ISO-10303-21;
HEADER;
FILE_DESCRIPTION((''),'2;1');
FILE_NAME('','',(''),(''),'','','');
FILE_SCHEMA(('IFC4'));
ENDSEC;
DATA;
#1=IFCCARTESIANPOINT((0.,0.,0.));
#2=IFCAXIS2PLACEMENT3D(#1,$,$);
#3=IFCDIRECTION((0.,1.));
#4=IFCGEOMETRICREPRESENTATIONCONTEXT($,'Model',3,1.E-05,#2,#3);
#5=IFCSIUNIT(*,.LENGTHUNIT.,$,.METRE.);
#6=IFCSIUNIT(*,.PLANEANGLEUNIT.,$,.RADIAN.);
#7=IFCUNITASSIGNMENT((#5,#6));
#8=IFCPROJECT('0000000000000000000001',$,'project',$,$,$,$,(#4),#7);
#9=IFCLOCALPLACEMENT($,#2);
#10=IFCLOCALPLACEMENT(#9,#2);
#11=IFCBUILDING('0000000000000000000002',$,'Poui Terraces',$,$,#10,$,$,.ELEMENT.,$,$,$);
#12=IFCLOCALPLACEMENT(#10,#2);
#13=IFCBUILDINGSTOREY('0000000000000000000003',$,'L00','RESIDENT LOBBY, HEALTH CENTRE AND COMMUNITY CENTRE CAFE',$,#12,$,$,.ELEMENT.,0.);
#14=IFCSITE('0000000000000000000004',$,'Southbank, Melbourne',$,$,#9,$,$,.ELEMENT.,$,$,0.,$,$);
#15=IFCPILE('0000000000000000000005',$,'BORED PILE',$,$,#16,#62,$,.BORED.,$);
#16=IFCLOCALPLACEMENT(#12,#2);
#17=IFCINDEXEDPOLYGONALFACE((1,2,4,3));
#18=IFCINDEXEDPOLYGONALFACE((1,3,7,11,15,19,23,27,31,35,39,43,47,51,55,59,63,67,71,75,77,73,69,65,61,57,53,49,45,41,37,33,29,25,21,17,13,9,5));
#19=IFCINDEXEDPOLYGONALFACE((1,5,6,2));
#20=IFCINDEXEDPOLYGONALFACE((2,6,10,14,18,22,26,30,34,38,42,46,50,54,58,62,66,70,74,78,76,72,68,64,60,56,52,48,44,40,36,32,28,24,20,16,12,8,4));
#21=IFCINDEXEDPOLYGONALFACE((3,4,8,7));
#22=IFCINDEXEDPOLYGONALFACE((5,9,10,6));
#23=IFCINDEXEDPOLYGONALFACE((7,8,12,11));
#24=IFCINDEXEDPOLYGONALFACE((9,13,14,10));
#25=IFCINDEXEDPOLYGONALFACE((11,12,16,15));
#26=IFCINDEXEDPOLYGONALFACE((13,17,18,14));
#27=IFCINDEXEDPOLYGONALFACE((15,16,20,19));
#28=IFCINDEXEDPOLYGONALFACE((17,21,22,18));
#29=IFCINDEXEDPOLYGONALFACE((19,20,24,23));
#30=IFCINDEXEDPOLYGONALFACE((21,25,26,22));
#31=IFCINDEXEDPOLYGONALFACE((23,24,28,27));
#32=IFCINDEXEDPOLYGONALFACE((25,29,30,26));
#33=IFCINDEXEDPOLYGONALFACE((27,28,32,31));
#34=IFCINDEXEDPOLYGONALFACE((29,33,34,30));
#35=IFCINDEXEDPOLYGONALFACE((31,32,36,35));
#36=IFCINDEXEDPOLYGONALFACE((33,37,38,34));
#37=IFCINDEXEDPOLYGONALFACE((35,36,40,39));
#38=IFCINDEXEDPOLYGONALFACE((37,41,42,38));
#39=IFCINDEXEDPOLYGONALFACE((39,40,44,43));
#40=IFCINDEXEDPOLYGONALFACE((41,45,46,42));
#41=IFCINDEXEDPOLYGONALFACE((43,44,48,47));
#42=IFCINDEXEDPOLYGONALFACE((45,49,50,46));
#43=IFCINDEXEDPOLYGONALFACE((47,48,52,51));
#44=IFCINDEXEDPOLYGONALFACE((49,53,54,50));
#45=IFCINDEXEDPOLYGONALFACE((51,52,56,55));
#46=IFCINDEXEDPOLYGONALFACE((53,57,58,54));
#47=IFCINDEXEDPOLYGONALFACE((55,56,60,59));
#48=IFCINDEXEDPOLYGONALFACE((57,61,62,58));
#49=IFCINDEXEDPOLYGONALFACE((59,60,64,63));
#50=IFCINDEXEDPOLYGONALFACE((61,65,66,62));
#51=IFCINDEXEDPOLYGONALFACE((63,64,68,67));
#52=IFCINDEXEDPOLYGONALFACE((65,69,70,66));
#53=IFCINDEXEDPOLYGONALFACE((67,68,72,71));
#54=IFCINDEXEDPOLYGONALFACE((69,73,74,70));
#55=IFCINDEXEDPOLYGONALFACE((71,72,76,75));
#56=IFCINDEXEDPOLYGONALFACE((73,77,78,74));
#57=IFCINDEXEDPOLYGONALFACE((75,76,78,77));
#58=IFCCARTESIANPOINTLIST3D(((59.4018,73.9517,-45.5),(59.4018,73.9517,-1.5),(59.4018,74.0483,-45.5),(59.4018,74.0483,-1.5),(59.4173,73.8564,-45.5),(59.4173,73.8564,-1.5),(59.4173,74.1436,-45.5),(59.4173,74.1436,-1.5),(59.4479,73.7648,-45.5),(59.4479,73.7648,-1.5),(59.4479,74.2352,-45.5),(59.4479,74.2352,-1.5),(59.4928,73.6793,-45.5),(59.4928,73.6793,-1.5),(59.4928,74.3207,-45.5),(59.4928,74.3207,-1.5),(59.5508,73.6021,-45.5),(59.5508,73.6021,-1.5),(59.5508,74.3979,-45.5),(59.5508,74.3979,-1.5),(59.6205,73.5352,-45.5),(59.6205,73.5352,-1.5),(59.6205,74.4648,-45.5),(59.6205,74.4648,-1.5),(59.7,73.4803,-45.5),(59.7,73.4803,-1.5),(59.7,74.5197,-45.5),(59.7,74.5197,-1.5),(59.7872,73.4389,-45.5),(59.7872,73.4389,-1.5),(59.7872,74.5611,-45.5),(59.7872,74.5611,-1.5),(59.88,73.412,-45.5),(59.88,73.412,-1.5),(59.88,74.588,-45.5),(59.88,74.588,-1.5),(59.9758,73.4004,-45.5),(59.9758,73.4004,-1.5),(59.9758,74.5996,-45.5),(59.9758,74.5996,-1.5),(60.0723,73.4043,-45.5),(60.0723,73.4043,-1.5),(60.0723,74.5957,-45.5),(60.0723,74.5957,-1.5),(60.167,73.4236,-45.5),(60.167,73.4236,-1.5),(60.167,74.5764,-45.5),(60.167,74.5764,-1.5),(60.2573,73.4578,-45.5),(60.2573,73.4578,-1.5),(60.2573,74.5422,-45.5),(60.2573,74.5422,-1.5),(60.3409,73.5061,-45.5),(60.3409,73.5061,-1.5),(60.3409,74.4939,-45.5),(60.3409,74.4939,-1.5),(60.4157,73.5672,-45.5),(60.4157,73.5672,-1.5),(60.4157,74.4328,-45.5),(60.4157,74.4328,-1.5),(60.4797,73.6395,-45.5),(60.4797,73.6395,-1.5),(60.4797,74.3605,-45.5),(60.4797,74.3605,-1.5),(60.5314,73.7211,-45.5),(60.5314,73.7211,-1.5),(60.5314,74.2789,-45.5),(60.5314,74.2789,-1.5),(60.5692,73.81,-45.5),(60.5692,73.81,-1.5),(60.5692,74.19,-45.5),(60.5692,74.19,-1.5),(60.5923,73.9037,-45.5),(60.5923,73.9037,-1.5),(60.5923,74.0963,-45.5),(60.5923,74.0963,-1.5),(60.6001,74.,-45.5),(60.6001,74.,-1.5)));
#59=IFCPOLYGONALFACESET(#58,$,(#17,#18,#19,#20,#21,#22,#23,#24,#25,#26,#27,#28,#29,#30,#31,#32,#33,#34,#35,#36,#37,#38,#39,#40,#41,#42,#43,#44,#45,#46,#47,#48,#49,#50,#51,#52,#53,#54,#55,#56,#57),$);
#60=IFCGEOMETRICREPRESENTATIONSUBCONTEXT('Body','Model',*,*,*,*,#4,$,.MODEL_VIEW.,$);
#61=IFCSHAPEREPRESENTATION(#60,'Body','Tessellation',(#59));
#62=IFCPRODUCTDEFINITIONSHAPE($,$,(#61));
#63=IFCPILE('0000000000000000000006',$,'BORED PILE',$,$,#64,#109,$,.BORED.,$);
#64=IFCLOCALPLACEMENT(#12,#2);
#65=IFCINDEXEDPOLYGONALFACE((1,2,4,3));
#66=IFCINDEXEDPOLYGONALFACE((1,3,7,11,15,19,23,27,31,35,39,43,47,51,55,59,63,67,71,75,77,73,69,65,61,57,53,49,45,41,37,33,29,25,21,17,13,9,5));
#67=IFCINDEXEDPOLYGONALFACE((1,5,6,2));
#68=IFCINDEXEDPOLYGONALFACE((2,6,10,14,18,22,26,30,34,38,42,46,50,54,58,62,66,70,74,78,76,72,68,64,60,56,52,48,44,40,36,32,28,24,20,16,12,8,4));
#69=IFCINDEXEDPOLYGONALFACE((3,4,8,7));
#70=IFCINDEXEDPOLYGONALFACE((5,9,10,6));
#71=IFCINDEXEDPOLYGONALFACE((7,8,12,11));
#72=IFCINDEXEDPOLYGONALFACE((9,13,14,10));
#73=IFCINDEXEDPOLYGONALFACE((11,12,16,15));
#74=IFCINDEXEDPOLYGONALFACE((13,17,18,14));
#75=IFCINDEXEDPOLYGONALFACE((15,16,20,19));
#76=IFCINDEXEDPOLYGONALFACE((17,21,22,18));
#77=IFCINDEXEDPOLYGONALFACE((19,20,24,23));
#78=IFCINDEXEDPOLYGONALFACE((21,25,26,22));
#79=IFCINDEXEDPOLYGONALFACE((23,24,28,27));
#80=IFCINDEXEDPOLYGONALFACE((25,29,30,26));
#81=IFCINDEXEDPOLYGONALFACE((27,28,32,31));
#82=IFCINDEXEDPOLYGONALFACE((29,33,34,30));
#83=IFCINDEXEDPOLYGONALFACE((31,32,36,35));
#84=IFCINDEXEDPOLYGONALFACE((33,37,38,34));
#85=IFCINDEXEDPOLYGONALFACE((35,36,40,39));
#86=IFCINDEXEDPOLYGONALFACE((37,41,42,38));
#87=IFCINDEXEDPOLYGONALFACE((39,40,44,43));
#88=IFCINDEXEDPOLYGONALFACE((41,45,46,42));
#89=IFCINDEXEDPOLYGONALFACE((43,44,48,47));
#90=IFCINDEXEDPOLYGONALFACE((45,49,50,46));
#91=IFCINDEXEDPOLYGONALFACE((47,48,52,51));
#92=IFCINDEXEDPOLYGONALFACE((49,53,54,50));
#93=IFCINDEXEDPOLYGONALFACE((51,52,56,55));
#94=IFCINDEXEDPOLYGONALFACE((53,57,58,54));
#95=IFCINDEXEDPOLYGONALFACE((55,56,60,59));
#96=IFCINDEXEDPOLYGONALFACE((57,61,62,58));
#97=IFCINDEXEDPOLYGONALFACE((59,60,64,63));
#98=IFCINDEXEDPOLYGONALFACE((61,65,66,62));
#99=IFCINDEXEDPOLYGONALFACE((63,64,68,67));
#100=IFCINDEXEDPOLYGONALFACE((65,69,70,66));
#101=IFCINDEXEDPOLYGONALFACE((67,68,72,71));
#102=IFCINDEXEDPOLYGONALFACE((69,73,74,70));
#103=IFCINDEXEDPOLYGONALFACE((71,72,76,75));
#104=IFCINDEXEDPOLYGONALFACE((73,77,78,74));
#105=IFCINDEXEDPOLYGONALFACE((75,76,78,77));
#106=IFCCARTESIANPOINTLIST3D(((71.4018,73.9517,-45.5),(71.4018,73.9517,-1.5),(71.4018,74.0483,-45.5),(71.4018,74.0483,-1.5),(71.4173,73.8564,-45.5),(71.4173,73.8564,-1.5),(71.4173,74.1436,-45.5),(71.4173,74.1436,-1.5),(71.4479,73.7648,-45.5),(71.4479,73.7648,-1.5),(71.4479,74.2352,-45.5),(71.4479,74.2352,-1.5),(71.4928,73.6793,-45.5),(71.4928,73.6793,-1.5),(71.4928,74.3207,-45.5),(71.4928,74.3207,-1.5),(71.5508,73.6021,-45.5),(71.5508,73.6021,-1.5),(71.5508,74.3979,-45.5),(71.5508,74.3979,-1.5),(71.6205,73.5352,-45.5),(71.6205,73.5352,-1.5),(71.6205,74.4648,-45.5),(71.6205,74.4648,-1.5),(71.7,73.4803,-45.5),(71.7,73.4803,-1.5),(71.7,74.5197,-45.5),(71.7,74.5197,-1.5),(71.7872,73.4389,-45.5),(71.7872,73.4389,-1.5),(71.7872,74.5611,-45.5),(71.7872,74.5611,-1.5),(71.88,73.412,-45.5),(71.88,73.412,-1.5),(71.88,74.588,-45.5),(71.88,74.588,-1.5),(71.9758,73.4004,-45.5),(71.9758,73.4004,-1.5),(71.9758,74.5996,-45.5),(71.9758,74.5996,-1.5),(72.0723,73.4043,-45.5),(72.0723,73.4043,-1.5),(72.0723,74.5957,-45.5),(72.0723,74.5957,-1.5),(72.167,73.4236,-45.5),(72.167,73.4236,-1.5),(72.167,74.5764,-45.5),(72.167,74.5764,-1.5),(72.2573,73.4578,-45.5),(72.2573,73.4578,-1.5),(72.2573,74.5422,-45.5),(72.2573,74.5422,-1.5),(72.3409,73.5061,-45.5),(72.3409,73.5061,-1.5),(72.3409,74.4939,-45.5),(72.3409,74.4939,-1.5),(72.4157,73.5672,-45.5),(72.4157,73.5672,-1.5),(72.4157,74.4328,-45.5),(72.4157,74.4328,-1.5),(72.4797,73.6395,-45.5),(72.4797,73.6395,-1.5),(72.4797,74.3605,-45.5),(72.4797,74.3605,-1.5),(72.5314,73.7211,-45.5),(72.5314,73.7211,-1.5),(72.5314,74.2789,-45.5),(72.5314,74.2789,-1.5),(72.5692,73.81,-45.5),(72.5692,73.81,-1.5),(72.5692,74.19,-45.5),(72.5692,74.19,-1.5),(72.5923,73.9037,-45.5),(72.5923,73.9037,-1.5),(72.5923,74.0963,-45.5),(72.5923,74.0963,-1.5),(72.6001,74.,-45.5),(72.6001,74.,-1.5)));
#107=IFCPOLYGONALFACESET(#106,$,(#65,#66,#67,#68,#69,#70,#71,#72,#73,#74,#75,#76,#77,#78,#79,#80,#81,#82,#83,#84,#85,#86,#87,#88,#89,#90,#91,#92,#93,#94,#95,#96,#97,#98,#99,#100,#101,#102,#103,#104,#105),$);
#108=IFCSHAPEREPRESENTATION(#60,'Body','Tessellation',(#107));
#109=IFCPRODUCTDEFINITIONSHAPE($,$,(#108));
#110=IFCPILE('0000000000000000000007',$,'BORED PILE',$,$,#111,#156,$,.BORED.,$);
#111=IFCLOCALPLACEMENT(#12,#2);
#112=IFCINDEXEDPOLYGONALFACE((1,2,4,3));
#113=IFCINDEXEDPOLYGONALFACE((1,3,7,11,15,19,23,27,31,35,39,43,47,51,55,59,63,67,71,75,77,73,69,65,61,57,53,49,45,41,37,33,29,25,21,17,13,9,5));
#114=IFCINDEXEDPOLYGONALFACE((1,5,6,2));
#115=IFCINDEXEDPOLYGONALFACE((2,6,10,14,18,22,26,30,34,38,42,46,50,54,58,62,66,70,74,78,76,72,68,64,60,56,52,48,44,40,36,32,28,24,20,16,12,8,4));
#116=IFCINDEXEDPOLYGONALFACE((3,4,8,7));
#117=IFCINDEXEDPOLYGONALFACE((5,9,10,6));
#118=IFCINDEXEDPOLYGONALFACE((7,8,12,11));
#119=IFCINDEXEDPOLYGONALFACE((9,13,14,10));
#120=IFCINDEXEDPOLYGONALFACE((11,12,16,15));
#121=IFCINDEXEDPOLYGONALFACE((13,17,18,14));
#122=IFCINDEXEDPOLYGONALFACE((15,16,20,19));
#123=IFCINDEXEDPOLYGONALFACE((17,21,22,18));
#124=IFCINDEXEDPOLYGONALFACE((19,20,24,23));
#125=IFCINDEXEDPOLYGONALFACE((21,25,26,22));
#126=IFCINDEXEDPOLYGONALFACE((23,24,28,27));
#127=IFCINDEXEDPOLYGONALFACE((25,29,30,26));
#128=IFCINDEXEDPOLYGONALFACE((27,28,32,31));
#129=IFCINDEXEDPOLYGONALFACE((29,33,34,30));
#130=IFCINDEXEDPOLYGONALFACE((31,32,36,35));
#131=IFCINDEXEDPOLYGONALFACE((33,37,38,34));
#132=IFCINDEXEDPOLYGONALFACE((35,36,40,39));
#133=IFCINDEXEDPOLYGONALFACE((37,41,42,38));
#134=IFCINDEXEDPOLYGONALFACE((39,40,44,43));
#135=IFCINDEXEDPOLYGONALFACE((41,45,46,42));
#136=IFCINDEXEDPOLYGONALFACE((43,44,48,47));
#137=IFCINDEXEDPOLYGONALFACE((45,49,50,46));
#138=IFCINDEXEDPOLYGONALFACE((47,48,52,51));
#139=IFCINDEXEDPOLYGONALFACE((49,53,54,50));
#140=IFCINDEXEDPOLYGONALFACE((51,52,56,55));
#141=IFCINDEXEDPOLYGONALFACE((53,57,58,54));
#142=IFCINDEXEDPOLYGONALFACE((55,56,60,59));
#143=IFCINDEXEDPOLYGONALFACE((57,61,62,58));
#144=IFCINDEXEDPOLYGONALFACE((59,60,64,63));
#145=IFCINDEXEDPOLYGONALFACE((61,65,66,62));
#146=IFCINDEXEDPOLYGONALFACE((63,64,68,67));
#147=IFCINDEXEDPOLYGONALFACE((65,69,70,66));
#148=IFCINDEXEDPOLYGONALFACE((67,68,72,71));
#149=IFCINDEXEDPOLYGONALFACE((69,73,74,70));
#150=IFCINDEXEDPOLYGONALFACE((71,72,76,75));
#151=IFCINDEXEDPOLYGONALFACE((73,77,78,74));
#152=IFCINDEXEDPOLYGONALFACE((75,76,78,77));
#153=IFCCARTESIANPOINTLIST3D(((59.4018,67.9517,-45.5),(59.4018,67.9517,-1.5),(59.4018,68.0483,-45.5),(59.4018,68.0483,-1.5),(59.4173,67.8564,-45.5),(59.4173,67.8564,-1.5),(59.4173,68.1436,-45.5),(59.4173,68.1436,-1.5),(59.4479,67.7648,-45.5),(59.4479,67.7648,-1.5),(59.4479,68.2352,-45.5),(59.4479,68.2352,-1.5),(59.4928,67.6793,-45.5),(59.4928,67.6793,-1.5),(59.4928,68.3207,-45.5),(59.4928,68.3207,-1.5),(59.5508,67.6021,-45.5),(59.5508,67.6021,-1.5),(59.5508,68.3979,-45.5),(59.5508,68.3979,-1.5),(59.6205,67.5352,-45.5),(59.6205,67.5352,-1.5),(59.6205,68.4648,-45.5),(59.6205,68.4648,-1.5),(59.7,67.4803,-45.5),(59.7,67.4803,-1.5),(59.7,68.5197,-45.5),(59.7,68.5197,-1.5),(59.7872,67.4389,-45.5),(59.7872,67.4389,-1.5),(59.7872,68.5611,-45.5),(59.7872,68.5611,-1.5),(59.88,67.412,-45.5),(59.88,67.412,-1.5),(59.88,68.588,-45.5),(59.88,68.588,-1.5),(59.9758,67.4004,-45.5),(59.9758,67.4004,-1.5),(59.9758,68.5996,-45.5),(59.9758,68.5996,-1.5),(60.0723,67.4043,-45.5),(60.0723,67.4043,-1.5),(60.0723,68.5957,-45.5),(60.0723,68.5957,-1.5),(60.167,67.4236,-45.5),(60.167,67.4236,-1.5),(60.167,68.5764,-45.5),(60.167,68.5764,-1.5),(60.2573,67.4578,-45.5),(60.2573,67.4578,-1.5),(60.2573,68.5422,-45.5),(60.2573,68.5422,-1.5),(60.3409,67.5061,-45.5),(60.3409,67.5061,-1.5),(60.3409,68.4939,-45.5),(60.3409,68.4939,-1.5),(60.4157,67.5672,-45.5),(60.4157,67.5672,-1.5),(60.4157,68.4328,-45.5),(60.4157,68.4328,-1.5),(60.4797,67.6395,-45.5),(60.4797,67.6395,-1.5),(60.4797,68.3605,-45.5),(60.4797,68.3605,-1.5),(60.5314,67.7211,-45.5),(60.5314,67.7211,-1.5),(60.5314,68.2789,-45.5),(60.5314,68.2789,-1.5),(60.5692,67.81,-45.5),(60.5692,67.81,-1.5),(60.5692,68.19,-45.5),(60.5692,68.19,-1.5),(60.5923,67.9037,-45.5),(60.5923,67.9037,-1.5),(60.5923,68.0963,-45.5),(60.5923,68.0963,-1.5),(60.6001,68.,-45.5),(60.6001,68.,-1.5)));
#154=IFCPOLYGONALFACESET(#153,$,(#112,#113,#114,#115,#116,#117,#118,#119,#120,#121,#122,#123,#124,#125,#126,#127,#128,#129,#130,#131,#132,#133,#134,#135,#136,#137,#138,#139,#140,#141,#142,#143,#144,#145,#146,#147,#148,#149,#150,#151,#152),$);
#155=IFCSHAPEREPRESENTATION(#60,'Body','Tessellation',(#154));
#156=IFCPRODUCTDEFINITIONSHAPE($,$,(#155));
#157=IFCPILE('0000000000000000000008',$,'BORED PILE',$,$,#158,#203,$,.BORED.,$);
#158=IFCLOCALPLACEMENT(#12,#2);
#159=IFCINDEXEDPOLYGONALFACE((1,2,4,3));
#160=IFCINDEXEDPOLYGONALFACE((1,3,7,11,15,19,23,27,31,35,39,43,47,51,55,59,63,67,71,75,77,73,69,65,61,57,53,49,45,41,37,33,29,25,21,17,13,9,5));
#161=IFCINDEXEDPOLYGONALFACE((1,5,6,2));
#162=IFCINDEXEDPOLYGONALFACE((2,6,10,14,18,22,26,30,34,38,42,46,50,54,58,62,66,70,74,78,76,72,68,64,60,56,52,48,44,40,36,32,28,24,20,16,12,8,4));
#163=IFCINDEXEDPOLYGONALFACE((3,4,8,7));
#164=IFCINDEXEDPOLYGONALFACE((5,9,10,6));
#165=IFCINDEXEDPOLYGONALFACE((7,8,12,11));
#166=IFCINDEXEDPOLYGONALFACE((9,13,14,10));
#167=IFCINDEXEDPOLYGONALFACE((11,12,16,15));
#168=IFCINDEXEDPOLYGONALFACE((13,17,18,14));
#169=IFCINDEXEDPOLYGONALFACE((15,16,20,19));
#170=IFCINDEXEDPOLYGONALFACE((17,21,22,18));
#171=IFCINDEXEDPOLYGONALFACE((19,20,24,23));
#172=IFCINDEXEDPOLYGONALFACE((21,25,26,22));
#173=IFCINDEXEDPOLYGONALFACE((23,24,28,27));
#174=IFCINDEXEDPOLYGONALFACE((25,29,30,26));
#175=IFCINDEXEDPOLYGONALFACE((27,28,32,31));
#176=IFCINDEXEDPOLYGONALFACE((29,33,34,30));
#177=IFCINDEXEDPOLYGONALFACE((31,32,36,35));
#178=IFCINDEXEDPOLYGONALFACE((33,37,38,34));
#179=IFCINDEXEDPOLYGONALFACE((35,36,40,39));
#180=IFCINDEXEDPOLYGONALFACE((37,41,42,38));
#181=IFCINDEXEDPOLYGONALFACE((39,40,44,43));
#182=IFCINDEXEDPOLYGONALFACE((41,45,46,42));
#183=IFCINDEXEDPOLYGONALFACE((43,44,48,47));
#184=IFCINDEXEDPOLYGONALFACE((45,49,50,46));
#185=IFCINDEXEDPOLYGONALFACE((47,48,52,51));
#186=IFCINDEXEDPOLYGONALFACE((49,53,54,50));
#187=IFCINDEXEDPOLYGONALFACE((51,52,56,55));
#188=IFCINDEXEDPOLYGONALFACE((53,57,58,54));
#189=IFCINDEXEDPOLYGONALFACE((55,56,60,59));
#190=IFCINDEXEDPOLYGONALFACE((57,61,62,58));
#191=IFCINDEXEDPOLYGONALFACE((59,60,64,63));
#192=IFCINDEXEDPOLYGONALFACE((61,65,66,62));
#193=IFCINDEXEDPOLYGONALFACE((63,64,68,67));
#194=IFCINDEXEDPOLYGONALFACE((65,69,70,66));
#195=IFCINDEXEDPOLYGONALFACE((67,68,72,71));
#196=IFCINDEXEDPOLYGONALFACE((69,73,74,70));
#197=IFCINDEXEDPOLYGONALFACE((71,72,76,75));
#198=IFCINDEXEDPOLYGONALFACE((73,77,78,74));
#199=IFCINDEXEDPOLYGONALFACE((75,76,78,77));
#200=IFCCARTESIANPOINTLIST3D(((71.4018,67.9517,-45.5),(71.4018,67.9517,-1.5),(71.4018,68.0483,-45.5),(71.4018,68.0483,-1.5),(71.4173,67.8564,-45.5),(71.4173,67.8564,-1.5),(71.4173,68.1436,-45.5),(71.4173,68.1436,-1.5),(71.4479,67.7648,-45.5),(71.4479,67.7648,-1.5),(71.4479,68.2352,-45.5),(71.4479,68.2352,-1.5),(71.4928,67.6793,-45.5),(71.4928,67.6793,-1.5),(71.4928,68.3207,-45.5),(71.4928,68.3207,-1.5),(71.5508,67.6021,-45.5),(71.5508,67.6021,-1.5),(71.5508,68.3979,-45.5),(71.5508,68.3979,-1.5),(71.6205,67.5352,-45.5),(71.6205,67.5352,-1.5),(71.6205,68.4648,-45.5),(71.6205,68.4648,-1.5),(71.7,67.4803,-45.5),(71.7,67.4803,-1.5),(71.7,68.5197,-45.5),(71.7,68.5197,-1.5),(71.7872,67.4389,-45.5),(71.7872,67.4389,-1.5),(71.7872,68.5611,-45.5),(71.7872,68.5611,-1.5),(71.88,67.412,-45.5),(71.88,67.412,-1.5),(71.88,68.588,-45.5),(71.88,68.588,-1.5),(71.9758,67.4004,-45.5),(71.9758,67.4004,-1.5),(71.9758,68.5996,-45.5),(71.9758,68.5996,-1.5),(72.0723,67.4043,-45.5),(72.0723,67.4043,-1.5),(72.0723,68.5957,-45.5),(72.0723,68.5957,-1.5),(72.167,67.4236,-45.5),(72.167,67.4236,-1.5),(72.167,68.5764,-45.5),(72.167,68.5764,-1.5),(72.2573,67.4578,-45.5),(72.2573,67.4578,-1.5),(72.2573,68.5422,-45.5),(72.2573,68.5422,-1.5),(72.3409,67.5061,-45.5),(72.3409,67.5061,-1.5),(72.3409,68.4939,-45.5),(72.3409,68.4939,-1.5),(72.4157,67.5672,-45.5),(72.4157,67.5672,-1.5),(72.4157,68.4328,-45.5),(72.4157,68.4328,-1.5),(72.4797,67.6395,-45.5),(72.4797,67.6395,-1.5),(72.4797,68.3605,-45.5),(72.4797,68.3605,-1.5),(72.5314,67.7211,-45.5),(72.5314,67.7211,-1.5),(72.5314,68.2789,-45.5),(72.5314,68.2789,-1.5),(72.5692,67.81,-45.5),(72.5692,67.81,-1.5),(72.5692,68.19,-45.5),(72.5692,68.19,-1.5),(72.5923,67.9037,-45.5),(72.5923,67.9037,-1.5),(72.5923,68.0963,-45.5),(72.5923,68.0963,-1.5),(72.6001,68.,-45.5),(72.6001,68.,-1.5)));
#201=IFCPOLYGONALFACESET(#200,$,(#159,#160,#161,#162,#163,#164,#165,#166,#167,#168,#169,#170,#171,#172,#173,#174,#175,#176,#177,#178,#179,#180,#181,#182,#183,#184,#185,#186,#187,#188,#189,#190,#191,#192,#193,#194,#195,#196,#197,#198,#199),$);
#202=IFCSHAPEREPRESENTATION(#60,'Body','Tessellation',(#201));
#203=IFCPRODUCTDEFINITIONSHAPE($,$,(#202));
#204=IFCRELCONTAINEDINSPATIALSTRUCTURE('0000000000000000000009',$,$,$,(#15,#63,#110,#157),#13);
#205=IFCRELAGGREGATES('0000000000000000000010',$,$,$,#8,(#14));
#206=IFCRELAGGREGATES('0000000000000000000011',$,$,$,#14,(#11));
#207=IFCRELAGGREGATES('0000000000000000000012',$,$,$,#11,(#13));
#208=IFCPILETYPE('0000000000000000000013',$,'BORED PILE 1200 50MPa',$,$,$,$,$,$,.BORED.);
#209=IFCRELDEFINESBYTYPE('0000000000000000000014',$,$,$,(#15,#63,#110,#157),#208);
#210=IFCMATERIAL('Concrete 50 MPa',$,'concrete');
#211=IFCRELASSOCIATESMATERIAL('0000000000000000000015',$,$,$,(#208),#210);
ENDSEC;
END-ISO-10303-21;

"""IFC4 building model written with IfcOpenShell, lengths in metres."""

from ifc_helpers import new_model, si_unit, direction, frame, origin, origin_2d, place, context, subcontext, project, spatial, circle, extrude, material, material_profile, profile_set, type_object, element, save


model = new_model("IFC4")

# Units and contexts
model_context = context("Model", 3, precision=1e-05, world=origin(), true_north=direction((0.0, 1.0)))
body_context = subcontext(model_context, "Body", "Model", "MODEL_VIEW")
ifc_project = project(units=[si_unit("LENGTHUNIT", "METRE"), si_unit("PLANEANGLEUNIT", "RADIAN")], contexts=[model_context])

# Site, building, storey
site_placement = place(None, origin())
site = spatial("IfcSite", under=ifc_project, at=site_placement, Name="Southbank, Melbourne", CompositionType="ELEMENT", RefElevation=0.0)
building_placement = place(site_placement, origin())
building = spatial("IfcBuilding", under=site, at=building_placement, Name="Poui Terraces", CompositionType="ELEMENT")
storey_placement = place(building_placement, origin())
storey = spatial("IfcBuildingStorey", under=building, at=storey_placement, Name="L00", Description="RESIDENT LOBBY, HEALTH CENTRE AND COMMUNITY CENTRE CAFE", CompositionType="ELEMENT", Elevation=0.0)

# Piles
ifc_material_1 = material(Name="Concrete 50 MPa", Category="concrete")
ifc_material_profile_1 = material_profile(ifc_material_1, circle(Radius=0.6001, at=origin_2d()), Name="RC D1200")
ifc_profile_set_1 = profile_set([ifc_material_profile_1], Name="Concrete 50 MPa")
pile_type = type_object("IfcPileType", Name="BORED PILE 1200 50MPa", PredefinedType="BORED", material=ifc_profile_set_1)
for number, where, z_axis, x_axis, name in (
    (1, (60.0, 74.0, -1.5), (0.0, 0.0, -1.0), (1.0, 0.0, 0.0), "BORED PILE"),
    (2, (72.0, 74.0, -1.5), (0.0, 0.0, -1.0), (1.0, 0.0, 0.0), "BORED PILE"),
    (3, (60.0, 68.0, -1.5), (0.0, 0.0, -1.0), (1.0, 0.0, 0.0), "BORED PILE"),
    (4, (72.0, 68.0, -1.5), (0.0, 0.0, -1.0), (1.0, 0.0, 0.0), "BORED PILE"),
):
    element("IfcPile", number, at=place(storey_placement, frame(where, z_axis=z_axis, x_axis=x_axis)), inside=storey, type_object=pile_type, Name=name, PredefinedType="BORED", context=body_context, shape_type="SweptSolid", body=[
        extrude(circle(Radius=0.6001, at=origin_2d()), origin(), (0.0, 0.0, 1.0), 44.0),
    ])

save(model, "model.ifc")
